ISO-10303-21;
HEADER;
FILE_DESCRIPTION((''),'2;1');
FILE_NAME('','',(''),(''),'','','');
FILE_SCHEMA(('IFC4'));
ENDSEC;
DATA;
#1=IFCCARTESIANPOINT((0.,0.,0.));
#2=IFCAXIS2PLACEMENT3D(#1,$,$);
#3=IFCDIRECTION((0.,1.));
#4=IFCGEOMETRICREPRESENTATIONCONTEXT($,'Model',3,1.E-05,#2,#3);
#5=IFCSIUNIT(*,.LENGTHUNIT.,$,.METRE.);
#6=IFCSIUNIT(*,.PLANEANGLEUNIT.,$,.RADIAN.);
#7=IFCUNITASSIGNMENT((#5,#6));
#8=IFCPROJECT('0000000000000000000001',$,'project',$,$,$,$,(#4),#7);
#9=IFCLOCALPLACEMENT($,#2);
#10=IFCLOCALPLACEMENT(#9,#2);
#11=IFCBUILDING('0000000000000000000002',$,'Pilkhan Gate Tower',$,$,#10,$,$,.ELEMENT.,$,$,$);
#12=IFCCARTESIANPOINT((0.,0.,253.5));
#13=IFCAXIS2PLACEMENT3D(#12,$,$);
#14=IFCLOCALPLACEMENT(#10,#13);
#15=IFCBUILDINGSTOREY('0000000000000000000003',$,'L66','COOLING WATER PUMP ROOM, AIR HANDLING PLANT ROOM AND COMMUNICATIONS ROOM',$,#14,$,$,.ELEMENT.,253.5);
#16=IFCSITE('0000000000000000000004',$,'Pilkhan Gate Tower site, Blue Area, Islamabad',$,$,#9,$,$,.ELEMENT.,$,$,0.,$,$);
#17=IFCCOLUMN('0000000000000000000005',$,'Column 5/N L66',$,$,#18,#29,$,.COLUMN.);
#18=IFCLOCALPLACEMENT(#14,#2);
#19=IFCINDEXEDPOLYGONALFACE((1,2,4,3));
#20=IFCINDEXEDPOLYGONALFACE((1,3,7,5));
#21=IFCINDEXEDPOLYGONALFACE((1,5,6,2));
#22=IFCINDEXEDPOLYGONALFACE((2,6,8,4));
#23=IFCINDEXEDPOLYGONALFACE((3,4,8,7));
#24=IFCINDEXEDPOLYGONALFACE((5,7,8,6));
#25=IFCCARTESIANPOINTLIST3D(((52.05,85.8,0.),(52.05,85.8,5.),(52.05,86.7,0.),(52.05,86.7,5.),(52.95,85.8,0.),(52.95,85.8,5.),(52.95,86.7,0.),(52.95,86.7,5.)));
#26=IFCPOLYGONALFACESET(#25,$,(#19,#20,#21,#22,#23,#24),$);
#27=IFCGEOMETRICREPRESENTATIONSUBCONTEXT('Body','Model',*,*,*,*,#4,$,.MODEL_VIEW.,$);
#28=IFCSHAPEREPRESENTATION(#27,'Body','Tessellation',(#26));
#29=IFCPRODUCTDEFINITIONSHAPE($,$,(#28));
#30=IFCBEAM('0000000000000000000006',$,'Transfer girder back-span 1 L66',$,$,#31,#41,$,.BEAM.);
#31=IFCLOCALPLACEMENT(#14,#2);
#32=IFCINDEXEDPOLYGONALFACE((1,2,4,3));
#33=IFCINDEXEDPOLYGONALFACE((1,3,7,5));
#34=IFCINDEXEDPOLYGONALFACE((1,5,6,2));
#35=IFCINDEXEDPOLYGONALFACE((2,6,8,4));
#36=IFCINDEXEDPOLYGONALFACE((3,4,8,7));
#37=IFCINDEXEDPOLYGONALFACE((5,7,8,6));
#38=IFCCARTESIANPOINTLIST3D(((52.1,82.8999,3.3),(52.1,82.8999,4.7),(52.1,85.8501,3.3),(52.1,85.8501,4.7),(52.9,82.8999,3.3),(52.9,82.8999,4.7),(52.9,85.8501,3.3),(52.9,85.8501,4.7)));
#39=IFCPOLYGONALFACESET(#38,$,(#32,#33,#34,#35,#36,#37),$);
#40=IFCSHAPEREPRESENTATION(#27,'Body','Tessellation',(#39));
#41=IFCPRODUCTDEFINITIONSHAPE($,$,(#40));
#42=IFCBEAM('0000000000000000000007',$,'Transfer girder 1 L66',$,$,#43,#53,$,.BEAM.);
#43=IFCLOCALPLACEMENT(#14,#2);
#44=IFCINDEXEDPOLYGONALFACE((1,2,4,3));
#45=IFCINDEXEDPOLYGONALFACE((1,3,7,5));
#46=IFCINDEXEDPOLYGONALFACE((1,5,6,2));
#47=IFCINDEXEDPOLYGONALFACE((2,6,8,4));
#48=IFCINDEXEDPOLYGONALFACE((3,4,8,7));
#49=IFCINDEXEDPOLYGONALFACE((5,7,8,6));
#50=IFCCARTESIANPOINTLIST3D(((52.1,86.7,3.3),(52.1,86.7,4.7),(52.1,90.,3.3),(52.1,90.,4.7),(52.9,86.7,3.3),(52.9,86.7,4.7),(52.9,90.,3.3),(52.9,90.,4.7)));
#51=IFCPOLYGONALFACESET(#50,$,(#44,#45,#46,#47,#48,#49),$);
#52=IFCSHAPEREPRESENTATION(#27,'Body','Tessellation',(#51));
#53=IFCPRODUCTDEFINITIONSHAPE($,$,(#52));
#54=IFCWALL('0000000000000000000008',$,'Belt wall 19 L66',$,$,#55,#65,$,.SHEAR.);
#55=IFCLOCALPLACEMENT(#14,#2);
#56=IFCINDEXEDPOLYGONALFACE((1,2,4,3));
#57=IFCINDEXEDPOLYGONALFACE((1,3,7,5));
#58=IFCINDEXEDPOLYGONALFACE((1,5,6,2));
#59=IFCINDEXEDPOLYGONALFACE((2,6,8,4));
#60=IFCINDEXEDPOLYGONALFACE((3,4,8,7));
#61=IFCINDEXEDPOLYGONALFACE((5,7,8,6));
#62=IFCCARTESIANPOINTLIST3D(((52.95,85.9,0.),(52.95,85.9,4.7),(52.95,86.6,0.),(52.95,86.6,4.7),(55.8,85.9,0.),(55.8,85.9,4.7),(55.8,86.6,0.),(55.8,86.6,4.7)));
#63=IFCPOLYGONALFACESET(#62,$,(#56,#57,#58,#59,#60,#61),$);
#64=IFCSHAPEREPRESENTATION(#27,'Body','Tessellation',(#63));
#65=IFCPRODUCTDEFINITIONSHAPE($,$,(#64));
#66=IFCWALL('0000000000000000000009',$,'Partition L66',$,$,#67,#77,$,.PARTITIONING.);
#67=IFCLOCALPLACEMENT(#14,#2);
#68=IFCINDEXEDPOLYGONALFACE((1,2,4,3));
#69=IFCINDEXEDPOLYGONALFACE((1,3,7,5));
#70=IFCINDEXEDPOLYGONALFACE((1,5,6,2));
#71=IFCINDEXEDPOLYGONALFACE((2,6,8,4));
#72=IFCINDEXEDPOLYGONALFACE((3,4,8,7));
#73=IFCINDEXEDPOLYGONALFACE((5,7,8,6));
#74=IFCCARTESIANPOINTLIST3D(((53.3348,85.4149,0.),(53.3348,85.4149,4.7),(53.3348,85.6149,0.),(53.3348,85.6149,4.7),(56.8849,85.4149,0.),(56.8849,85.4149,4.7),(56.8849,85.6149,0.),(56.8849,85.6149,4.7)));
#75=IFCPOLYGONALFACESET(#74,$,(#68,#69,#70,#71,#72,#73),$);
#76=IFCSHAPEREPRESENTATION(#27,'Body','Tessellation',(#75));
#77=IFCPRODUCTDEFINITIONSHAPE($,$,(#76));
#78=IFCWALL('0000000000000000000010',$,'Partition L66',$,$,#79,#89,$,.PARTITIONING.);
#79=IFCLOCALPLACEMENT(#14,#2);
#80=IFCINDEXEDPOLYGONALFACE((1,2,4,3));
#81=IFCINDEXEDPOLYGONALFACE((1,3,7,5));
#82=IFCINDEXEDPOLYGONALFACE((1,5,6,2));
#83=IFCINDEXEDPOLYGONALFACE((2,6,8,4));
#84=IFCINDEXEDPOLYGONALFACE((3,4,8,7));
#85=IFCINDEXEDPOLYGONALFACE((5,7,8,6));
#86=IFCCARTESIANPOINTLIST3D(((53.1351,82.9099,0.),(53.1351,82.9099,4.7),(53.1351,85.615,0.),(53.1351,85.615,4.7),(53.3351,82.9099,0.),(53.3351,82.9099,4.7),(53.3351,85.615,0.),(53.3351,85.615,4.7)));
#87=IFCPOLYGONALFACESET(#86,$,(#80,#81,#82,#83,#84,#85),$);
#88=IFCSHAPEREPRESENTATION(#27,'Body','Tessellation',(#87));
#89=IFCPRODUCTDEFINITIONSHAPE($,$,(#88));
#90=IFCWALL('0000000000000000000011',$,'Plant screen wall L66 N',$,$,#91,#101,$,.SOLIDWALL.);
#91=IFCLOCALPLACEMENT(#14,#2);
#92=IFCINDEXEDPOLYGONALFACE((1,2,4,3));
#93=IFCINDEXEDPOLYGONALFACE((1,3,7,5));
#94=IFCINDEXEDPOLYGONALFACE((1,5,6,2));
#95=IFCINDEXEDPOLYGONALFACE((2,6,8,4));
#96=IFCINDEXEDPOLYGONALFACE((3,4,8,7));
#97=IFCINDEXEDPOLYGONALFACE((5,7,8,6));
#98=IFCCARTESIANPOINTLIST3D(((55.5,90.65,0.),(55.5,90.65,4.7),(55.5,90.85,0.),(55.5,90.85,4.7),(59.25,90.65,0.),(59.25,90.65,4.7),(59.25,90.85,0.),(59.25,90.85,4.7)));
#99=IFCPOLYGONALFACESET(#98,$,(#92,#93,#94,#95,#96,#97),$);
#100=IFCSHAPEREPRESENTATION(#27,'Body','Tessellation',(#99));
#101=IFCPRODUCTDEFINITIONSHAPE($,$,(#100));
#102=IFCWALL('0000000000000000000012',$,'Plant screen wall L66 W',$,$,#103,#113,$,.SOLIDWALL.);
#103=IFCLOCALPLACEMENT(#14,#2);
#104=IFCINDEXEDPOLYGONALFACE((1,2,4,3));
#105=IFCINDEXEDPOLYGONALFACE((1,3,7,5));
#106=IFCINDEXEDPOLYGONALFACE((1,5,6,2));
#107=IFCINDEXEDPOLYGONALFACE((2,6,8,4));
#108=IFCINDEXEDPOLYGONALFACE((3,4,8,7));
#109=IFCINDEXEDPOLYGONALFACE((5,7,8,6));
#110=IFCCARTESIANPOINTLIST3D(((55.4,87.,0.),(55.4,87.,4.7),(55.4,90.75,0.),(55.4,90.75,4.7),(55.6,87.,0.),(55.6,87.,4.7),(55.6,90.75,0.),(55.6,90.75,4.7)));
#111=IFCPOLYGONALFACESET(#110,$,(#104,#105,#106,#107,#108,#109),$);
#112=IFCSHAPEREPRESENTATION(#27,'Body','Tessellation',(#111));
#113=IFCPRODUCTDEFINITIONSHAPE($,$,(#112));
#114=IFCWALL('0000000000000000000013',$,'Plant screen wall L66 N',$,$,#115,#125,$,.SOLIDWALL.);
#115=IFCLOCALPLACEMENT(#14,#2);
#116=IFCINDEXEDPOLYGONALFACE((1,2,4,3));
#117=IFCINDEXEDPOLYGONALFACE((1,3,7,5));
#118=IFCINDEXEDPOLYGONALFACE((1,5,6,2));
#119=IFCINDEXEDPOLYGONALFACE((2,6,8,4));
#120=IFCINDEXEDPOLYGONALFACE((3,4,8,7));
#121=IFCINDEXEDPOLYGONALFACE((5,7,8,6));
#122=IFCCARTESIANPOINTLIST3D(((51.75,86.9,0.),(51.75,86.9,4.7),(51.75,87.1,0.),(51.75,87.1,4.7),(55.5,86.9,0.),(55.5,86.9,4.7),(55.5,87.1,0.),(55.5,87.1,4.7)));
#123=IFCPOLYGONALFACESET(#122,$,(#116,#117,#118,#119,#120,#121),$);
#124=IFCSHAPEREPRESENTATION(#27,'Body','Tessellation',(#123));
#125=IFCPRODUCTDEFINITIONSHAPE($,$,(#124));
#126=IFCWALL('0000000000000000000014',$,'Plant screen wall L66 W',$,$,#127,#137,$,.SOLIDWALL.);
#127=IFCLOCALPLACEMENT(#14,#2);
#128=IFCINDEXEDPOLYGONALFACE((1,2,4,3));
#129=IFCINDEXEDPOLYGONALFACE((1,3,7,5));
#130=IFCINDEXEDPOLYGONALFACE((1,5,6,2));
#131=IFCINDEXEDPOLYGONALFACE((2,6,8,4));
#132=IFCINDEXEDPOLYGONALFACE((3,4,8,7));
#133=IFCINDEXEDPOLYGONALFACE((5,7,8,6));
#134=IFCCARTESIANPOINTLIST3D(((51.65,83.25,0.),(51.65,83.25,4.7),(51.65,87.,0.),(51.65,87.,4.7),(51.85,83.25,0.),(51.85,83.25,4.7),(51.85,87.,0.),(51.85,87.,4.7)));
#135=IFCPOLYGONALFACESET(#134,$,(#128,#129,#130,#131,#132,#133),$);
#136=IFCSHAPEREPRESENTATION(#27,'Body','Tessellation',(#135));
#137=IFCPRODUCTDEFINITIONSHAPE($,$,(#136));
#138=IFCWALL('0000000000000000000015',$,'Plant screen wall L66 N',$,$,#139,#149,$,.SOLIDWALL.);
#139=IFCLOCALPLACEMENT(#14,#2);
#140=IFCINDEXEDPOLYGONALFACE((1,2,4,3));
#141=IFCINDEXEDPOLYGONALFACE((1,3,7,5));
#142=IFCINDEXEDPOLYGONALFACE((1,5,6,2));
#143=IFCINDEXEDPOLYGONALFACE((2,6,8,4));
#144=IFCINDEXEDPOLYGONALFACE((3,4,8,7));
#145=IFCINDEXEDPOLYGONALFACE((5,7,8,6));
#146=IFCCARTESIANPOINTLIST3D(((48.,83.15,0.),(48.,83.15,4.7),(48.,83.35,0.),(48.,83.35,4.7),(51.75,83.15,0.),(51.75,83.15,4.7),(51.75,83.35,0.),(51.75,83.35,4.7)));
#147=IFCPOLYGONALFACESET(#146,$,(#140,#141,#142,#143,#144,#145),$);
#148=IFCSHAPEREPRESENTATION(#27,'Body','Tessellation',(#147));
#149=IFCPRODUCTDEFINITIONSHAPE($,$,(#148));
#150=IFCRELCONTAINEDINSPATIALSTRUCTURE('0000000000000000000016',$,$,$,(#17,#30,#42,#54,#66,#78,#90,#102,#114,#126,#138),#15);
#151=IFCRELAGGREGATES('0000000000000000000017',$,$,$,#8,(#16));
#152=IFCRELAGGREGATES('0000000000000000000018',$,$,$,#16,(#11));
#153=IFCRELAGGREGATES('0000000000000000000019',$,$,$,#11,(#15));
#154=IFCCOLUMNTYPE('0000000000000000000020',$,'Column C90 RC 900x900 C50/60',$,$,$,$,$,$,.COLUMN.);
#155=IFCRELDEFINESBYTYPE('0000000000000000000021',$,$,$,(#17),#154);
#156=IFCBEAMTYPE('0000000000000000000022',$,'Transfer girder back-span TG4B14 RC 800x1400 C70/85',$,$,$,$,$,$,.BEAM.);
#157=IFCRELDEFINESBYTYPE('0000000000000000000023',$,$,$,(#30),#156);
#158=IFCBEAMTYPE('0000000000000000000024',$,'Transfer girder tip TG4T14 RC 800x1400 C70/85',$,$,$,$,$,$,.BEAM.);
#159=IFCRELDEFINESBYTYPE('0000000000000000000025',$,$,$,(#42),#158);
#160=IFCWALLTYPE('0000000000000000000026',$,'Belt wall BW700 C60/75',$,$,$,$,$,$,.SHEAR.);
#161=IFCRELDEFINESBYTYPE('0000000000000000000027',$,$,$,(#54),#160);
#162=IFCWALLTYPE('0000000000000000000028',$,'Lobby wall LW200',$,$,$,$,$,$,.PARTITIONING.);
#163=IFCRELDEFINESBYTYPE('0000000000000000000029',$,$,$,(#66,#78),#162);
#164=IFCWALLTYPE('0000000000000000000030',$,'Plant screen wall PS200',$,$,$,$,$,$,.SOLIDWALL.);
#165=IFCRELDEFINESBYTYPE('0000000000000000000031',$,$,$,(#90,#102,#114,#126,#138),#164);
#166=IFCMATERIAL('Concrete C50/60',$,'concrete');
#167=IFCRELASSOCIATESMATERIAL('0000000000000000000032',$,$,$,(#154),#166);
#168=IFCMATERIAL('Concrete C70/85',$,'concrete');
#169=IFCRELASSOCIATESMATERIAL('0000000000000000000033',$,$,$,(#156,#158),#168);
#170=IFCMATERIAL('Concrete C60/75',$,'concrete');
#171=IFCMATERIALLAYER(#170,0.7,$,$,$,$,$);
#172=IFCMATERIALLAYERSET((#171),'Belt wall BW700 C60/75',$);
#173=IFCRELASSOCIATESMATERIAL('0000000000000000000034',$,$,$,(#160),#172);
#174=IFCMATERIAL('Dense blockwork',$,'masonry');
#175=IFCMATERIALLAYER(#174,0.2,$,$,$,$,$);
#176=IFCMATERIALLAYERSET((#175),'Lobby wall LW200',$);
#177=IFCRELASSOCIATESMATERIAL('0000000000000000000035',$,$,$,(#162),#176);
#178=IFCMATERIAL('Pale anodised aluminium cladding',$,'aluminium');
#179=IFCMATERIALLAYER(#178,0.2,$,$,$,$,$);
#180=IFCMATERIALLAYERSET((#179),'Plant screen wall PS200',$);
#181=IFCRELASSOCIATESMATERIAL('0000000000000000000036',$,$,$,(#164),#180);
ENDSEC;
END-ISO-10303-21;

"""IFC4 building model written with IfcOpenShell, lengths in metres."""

from ifc_helpers import new_model, si_unit, direction, frame, frame_2d, origin, origin_2d, place, context, subcontext, project, spatial, rectangle, extrude, material, layer, layer_set, material_profile, profile_set, type_object, element, save


model = new_model("IFC4")

# Units and contexts
model_context = context("Model", 3, precision=1e-05, world=origin(), true_north=direction((0.0, 1.0)))
body_context = subcontext(model_context, "Body", "Model", "MODEL_VIEW")
ifc_project = project(units=[si_unit("LENGTHUNIT", "METRE"), si_unit("PLANEANGLEUNIT", "RADIAN")], contexts=[model_context])

# Site, building, storey
site_placement = place(None, origin())
site = spatial("IfcSite", under=ifc_project, at=site_placement, Name="Pilkhan Gate Tower site, Blue Area, Islamabad", CompositionType="ELEMENT", RefElevation=0.0)
building_placement = place(site_placement, origin())
building = spatial("IfcBuilding", under=site, at=building_placement, Name="Pilkhan Gate Tower", CompositionType="ELEMENT")
storey_placement = place(building_placement, frame((0.0, 0.0, 253.5)))
storey = spatial("IfcBuildingStorey", under=building, at=storey_placement, Name="L66", Description="COOLING WATER PUMP ROOM, AIR HANDLING PLANT ROOM AND COMMUNICATIONS ROOM", CompositionType="ELEMENT", Elevation=253.5)

# Column
ifc_material_1 = material(Name="Concrete C50/60", Category="concrete")
ifc_material_profile_1 = material_profile(ifc_material_1, rectangle(XDim=0.8999, YDim=0.8999, at=origin_2d()), Name="RC 900x900")
ifc_profile_set_1 = profile_set([ifc_material_profile_1], Name="Concrete C50/60")
column_type = type_object("IfcColumnType", Name="Column C90 RC 900x900 C50/60", PredefinedType="COLUMN", material=ifc_profile_set_1)
column_placement = place(storey_placement, frame((52.5, 86.25, 0.0), z_axis=(0.0, 0.0, 1.0), x_axis=(1.0, 0.0, 0.0)))
element("IfcColumn", 1, at=column_placement, inside=storey, type_object=column_type, Name="Column 5/N L66", PredefinedType="COLUMN", context=body_context, shape_type="SweptSolid", body=[
    extrude(rectangle(XDim=0.8999, YDim=0.8999, at=origin_2d()), origin(), (0.0, 0.0, 1.0), 5.0),
])

# Beams
ifc_material_2 = material(Name="Concrete C70/85", Category="concrete")
ifc_material_profile_2 = material_profile(ifc_material_2, rectangle(XDim=0.8, YDim=1.3999, at=origin_2d()), Name="RC 800x1400")
ifc_profile_set_2 = profile_set([ifc_material_profile_2], Name="Concrete C70/85")
beam_type_1 = type_object("IfcBeamType", Name="Transfer girder back-span TG4B14 RC 800x1400 C70/85", PredefinedType="BEAM", material=ifc_profile_set_2)
beam_1_placement = place(storey_placement, frame((52.5, 85.8501, 4.0), z_axis=(0.0, -1.0, 0.0), x_axis=(1.0, 0.0, 0.0)))
element("IfcBeam", 2, at=beam_1_placement, inside=storey, type_object=beam_type_1, Name="Transfer girder back-span 1 L66", PredefinedType="BEAM", context=body_context, shape_type="SweptSolid", body=[
    extrude(rectangle(XDim=0.8, YDim=1.3999, at=origin_2d()), origin(), (0.0, 0.0, 1.0), 2.9502),
])
ifc_material_profile_3 = material_profile(ifc_material_2, rectangle(XDim=0.8, YDim=1.3999, at=origin_2d()), Name="RC 800x1400")
ifc_profile_set_3 = profile_set([ifc_material_profile_3], Name="Concrete C70/85")
beam_type_2 = type_object("IfcBeamType", Name="Transfer girder tip TG4T14 RC 800x1400 C70/85", PredefinedType="BEAM", material=ifc_profile_set_3)
beam_2_placement = place(storey_placement, frame((52.5, 90.0, 4.0), z_axis=(0.0, -1.0, 0.0), x_axis=(1.0, 0.0, 0.0)))
element("IfcBeam", 3, at=beam_2_placement, inside=storey, type_object=beam_type_2, Name="Transfer girder 1 L66", PredefinedType="BEAM", context=body_context, shape_type="SweptSolid", body=[
    extrude(rectangle(XDim=0.8, YDim=1.3999, at=origin_2d()), origin(), (0.0, 0.0, 1.0), 3.3),
])

# Walls
ifc_material_3 = material(Name="Concrete C60/75", Category="concrete")
ifc_layer_1 = layer(ifc_material_3, 0.7)
ifc_layer_set_1 = layer_set([ifc_layer_1], Name="Belt wall BW700 C60/75")
wall_type_1 = type_object("IfcWallType", Name="Belt wall BW700 C60/75", PredefinedType="SHEAR", material=ifc_layer_set_1)
wall_1_placement = place(storey_placement, frame((52.95, 86.25, 0.0), z_axis=(0.0, 0.0, 1.0), x_axis=(1.0, 0.0, 0.0)))
element("IfcWall", 4, at=wall_1_placement, inside=storey, type_object=wall_type_1, Name="Belt wall 19 L66", PredefinedType="SHEAR", context=body_context, shape_type="SweptSolid", body=[
    extrude(rectangle(XDim=2.8501, YDim=0.7, at=frame_2d((1.425, 0.0))), origin(), (0.0, 0.0, 1.0), 4.7),
])
ifc_material_4 = material(Name="Dense blockwork", Category="masonry")
ifc_layer_2 = layer(ifc_material_4, 0.2)
ifc_layer_set_2 = layer_set([ifc_layer_2], Name="Lobby wall LW200")
wall_type_2 = type_object("IfcWallType", Name="Lobby wall LW200", PredefinedType="PARTITIONING", material=ifc_layer_set_2)
wall_2_placement = place(storey_placement, frame((53.335, 85.5149, 0.0), z_axis=(0.0, 0.0, 1.0), x_axis=(1.0, 0.0, 0.0)))
element("IfcWall", 5, at=wall_2_placement, inside=storey, type_object=wall_type_2, Name="Partition L66", PredefinedType="PARTITIONING", context=body_context, shape_type="SweptSolid", body=[
    extrude(rectangle(XDim=3.55, YDim=0.2, at=frame_2d((1.7749, 0.0))), origin(), (0.0, 0.0, 1.0), 4.7),
])
wall_3_placement = place(storey_placement, frame((53.2351, 82.9099, 0.0), z_axis=(0.0, 0.0, 1.0), x_axis=(0.0, 1.0, 0.0)))
element("IfcWall", 6, at=wall_3_placement, inside=storey, type_object=wall_type_2, Name="Partition L66", PredefinedType="PARTITIONING", context=body_context, shape_type="SweptSolid", body=[
    extrude(rectangle(XDim=2.7051, YDim=0.2, at=frame_2d((1.3525, 0.0))), origin(), (0.0, 0.0, 1.0), 4.7),
])
ifc_material_5 = material(Name="Pale anodised aluminium cladding", Category="aluminium")
ifc_layer_3 = layer(ifc_material_5, 0.2)
ifc_layer_set_3 = layer_set([ifc_layer_3], Name="Plant screen wall PS200")
wall_type_3 = type_object("IfcWallType", Name="Plant screen wall PS200", PredefinedType="SOLIDWALL", material=ifc_layer_set_3)
for number, where, z_axis, x_axis, name in (
    (7, (55.5, 90.75, 0.0), (0.0, 0.0, 1.0), (1.0, 0.0, 0.0), "Plant screen wall L66 N"),
    (8, (55.5, 87.0, 0.0), (0.0, 0.0, 1.0), (0.0, 1.0, 0.0), "Plant screen wall L66 W"),
    (9, (51.75, 87.0, 0.0), (0.0, 0.0, 1.0), (1.0, 0.0, 0.0), "Plant screen wall L66 N"),
    (10, (51.75, 83.25, 0.0), (0.0, 0.0, 1.0), (0.0, 1.0, 0.0), "Plant screen wall L66 W"),
    (11, (48.0, 83.25, 0.0), (0.0, 0.0, 1.0), (1.0, 0.0, 0.0), "Plant screen wall L66 N"),
):
    element("IfcWall", number, at=place(storey_placement, frame(where, z_axis=z_axis, x_axis=x_axis)), inside=storey, type_object=wall_type_3, Name=name, PredefinedType="SOLIDWALL", context=body_context, shape_type="SweptSolid", body=[
        extrude(rectangle(XDim=3.75, YDim=0.2, at=frame_2d((1.875, 0.0))), origin(), (0.0, 0.0, 1.0), 4.7),
    ])

save(model, "model.ifc")
